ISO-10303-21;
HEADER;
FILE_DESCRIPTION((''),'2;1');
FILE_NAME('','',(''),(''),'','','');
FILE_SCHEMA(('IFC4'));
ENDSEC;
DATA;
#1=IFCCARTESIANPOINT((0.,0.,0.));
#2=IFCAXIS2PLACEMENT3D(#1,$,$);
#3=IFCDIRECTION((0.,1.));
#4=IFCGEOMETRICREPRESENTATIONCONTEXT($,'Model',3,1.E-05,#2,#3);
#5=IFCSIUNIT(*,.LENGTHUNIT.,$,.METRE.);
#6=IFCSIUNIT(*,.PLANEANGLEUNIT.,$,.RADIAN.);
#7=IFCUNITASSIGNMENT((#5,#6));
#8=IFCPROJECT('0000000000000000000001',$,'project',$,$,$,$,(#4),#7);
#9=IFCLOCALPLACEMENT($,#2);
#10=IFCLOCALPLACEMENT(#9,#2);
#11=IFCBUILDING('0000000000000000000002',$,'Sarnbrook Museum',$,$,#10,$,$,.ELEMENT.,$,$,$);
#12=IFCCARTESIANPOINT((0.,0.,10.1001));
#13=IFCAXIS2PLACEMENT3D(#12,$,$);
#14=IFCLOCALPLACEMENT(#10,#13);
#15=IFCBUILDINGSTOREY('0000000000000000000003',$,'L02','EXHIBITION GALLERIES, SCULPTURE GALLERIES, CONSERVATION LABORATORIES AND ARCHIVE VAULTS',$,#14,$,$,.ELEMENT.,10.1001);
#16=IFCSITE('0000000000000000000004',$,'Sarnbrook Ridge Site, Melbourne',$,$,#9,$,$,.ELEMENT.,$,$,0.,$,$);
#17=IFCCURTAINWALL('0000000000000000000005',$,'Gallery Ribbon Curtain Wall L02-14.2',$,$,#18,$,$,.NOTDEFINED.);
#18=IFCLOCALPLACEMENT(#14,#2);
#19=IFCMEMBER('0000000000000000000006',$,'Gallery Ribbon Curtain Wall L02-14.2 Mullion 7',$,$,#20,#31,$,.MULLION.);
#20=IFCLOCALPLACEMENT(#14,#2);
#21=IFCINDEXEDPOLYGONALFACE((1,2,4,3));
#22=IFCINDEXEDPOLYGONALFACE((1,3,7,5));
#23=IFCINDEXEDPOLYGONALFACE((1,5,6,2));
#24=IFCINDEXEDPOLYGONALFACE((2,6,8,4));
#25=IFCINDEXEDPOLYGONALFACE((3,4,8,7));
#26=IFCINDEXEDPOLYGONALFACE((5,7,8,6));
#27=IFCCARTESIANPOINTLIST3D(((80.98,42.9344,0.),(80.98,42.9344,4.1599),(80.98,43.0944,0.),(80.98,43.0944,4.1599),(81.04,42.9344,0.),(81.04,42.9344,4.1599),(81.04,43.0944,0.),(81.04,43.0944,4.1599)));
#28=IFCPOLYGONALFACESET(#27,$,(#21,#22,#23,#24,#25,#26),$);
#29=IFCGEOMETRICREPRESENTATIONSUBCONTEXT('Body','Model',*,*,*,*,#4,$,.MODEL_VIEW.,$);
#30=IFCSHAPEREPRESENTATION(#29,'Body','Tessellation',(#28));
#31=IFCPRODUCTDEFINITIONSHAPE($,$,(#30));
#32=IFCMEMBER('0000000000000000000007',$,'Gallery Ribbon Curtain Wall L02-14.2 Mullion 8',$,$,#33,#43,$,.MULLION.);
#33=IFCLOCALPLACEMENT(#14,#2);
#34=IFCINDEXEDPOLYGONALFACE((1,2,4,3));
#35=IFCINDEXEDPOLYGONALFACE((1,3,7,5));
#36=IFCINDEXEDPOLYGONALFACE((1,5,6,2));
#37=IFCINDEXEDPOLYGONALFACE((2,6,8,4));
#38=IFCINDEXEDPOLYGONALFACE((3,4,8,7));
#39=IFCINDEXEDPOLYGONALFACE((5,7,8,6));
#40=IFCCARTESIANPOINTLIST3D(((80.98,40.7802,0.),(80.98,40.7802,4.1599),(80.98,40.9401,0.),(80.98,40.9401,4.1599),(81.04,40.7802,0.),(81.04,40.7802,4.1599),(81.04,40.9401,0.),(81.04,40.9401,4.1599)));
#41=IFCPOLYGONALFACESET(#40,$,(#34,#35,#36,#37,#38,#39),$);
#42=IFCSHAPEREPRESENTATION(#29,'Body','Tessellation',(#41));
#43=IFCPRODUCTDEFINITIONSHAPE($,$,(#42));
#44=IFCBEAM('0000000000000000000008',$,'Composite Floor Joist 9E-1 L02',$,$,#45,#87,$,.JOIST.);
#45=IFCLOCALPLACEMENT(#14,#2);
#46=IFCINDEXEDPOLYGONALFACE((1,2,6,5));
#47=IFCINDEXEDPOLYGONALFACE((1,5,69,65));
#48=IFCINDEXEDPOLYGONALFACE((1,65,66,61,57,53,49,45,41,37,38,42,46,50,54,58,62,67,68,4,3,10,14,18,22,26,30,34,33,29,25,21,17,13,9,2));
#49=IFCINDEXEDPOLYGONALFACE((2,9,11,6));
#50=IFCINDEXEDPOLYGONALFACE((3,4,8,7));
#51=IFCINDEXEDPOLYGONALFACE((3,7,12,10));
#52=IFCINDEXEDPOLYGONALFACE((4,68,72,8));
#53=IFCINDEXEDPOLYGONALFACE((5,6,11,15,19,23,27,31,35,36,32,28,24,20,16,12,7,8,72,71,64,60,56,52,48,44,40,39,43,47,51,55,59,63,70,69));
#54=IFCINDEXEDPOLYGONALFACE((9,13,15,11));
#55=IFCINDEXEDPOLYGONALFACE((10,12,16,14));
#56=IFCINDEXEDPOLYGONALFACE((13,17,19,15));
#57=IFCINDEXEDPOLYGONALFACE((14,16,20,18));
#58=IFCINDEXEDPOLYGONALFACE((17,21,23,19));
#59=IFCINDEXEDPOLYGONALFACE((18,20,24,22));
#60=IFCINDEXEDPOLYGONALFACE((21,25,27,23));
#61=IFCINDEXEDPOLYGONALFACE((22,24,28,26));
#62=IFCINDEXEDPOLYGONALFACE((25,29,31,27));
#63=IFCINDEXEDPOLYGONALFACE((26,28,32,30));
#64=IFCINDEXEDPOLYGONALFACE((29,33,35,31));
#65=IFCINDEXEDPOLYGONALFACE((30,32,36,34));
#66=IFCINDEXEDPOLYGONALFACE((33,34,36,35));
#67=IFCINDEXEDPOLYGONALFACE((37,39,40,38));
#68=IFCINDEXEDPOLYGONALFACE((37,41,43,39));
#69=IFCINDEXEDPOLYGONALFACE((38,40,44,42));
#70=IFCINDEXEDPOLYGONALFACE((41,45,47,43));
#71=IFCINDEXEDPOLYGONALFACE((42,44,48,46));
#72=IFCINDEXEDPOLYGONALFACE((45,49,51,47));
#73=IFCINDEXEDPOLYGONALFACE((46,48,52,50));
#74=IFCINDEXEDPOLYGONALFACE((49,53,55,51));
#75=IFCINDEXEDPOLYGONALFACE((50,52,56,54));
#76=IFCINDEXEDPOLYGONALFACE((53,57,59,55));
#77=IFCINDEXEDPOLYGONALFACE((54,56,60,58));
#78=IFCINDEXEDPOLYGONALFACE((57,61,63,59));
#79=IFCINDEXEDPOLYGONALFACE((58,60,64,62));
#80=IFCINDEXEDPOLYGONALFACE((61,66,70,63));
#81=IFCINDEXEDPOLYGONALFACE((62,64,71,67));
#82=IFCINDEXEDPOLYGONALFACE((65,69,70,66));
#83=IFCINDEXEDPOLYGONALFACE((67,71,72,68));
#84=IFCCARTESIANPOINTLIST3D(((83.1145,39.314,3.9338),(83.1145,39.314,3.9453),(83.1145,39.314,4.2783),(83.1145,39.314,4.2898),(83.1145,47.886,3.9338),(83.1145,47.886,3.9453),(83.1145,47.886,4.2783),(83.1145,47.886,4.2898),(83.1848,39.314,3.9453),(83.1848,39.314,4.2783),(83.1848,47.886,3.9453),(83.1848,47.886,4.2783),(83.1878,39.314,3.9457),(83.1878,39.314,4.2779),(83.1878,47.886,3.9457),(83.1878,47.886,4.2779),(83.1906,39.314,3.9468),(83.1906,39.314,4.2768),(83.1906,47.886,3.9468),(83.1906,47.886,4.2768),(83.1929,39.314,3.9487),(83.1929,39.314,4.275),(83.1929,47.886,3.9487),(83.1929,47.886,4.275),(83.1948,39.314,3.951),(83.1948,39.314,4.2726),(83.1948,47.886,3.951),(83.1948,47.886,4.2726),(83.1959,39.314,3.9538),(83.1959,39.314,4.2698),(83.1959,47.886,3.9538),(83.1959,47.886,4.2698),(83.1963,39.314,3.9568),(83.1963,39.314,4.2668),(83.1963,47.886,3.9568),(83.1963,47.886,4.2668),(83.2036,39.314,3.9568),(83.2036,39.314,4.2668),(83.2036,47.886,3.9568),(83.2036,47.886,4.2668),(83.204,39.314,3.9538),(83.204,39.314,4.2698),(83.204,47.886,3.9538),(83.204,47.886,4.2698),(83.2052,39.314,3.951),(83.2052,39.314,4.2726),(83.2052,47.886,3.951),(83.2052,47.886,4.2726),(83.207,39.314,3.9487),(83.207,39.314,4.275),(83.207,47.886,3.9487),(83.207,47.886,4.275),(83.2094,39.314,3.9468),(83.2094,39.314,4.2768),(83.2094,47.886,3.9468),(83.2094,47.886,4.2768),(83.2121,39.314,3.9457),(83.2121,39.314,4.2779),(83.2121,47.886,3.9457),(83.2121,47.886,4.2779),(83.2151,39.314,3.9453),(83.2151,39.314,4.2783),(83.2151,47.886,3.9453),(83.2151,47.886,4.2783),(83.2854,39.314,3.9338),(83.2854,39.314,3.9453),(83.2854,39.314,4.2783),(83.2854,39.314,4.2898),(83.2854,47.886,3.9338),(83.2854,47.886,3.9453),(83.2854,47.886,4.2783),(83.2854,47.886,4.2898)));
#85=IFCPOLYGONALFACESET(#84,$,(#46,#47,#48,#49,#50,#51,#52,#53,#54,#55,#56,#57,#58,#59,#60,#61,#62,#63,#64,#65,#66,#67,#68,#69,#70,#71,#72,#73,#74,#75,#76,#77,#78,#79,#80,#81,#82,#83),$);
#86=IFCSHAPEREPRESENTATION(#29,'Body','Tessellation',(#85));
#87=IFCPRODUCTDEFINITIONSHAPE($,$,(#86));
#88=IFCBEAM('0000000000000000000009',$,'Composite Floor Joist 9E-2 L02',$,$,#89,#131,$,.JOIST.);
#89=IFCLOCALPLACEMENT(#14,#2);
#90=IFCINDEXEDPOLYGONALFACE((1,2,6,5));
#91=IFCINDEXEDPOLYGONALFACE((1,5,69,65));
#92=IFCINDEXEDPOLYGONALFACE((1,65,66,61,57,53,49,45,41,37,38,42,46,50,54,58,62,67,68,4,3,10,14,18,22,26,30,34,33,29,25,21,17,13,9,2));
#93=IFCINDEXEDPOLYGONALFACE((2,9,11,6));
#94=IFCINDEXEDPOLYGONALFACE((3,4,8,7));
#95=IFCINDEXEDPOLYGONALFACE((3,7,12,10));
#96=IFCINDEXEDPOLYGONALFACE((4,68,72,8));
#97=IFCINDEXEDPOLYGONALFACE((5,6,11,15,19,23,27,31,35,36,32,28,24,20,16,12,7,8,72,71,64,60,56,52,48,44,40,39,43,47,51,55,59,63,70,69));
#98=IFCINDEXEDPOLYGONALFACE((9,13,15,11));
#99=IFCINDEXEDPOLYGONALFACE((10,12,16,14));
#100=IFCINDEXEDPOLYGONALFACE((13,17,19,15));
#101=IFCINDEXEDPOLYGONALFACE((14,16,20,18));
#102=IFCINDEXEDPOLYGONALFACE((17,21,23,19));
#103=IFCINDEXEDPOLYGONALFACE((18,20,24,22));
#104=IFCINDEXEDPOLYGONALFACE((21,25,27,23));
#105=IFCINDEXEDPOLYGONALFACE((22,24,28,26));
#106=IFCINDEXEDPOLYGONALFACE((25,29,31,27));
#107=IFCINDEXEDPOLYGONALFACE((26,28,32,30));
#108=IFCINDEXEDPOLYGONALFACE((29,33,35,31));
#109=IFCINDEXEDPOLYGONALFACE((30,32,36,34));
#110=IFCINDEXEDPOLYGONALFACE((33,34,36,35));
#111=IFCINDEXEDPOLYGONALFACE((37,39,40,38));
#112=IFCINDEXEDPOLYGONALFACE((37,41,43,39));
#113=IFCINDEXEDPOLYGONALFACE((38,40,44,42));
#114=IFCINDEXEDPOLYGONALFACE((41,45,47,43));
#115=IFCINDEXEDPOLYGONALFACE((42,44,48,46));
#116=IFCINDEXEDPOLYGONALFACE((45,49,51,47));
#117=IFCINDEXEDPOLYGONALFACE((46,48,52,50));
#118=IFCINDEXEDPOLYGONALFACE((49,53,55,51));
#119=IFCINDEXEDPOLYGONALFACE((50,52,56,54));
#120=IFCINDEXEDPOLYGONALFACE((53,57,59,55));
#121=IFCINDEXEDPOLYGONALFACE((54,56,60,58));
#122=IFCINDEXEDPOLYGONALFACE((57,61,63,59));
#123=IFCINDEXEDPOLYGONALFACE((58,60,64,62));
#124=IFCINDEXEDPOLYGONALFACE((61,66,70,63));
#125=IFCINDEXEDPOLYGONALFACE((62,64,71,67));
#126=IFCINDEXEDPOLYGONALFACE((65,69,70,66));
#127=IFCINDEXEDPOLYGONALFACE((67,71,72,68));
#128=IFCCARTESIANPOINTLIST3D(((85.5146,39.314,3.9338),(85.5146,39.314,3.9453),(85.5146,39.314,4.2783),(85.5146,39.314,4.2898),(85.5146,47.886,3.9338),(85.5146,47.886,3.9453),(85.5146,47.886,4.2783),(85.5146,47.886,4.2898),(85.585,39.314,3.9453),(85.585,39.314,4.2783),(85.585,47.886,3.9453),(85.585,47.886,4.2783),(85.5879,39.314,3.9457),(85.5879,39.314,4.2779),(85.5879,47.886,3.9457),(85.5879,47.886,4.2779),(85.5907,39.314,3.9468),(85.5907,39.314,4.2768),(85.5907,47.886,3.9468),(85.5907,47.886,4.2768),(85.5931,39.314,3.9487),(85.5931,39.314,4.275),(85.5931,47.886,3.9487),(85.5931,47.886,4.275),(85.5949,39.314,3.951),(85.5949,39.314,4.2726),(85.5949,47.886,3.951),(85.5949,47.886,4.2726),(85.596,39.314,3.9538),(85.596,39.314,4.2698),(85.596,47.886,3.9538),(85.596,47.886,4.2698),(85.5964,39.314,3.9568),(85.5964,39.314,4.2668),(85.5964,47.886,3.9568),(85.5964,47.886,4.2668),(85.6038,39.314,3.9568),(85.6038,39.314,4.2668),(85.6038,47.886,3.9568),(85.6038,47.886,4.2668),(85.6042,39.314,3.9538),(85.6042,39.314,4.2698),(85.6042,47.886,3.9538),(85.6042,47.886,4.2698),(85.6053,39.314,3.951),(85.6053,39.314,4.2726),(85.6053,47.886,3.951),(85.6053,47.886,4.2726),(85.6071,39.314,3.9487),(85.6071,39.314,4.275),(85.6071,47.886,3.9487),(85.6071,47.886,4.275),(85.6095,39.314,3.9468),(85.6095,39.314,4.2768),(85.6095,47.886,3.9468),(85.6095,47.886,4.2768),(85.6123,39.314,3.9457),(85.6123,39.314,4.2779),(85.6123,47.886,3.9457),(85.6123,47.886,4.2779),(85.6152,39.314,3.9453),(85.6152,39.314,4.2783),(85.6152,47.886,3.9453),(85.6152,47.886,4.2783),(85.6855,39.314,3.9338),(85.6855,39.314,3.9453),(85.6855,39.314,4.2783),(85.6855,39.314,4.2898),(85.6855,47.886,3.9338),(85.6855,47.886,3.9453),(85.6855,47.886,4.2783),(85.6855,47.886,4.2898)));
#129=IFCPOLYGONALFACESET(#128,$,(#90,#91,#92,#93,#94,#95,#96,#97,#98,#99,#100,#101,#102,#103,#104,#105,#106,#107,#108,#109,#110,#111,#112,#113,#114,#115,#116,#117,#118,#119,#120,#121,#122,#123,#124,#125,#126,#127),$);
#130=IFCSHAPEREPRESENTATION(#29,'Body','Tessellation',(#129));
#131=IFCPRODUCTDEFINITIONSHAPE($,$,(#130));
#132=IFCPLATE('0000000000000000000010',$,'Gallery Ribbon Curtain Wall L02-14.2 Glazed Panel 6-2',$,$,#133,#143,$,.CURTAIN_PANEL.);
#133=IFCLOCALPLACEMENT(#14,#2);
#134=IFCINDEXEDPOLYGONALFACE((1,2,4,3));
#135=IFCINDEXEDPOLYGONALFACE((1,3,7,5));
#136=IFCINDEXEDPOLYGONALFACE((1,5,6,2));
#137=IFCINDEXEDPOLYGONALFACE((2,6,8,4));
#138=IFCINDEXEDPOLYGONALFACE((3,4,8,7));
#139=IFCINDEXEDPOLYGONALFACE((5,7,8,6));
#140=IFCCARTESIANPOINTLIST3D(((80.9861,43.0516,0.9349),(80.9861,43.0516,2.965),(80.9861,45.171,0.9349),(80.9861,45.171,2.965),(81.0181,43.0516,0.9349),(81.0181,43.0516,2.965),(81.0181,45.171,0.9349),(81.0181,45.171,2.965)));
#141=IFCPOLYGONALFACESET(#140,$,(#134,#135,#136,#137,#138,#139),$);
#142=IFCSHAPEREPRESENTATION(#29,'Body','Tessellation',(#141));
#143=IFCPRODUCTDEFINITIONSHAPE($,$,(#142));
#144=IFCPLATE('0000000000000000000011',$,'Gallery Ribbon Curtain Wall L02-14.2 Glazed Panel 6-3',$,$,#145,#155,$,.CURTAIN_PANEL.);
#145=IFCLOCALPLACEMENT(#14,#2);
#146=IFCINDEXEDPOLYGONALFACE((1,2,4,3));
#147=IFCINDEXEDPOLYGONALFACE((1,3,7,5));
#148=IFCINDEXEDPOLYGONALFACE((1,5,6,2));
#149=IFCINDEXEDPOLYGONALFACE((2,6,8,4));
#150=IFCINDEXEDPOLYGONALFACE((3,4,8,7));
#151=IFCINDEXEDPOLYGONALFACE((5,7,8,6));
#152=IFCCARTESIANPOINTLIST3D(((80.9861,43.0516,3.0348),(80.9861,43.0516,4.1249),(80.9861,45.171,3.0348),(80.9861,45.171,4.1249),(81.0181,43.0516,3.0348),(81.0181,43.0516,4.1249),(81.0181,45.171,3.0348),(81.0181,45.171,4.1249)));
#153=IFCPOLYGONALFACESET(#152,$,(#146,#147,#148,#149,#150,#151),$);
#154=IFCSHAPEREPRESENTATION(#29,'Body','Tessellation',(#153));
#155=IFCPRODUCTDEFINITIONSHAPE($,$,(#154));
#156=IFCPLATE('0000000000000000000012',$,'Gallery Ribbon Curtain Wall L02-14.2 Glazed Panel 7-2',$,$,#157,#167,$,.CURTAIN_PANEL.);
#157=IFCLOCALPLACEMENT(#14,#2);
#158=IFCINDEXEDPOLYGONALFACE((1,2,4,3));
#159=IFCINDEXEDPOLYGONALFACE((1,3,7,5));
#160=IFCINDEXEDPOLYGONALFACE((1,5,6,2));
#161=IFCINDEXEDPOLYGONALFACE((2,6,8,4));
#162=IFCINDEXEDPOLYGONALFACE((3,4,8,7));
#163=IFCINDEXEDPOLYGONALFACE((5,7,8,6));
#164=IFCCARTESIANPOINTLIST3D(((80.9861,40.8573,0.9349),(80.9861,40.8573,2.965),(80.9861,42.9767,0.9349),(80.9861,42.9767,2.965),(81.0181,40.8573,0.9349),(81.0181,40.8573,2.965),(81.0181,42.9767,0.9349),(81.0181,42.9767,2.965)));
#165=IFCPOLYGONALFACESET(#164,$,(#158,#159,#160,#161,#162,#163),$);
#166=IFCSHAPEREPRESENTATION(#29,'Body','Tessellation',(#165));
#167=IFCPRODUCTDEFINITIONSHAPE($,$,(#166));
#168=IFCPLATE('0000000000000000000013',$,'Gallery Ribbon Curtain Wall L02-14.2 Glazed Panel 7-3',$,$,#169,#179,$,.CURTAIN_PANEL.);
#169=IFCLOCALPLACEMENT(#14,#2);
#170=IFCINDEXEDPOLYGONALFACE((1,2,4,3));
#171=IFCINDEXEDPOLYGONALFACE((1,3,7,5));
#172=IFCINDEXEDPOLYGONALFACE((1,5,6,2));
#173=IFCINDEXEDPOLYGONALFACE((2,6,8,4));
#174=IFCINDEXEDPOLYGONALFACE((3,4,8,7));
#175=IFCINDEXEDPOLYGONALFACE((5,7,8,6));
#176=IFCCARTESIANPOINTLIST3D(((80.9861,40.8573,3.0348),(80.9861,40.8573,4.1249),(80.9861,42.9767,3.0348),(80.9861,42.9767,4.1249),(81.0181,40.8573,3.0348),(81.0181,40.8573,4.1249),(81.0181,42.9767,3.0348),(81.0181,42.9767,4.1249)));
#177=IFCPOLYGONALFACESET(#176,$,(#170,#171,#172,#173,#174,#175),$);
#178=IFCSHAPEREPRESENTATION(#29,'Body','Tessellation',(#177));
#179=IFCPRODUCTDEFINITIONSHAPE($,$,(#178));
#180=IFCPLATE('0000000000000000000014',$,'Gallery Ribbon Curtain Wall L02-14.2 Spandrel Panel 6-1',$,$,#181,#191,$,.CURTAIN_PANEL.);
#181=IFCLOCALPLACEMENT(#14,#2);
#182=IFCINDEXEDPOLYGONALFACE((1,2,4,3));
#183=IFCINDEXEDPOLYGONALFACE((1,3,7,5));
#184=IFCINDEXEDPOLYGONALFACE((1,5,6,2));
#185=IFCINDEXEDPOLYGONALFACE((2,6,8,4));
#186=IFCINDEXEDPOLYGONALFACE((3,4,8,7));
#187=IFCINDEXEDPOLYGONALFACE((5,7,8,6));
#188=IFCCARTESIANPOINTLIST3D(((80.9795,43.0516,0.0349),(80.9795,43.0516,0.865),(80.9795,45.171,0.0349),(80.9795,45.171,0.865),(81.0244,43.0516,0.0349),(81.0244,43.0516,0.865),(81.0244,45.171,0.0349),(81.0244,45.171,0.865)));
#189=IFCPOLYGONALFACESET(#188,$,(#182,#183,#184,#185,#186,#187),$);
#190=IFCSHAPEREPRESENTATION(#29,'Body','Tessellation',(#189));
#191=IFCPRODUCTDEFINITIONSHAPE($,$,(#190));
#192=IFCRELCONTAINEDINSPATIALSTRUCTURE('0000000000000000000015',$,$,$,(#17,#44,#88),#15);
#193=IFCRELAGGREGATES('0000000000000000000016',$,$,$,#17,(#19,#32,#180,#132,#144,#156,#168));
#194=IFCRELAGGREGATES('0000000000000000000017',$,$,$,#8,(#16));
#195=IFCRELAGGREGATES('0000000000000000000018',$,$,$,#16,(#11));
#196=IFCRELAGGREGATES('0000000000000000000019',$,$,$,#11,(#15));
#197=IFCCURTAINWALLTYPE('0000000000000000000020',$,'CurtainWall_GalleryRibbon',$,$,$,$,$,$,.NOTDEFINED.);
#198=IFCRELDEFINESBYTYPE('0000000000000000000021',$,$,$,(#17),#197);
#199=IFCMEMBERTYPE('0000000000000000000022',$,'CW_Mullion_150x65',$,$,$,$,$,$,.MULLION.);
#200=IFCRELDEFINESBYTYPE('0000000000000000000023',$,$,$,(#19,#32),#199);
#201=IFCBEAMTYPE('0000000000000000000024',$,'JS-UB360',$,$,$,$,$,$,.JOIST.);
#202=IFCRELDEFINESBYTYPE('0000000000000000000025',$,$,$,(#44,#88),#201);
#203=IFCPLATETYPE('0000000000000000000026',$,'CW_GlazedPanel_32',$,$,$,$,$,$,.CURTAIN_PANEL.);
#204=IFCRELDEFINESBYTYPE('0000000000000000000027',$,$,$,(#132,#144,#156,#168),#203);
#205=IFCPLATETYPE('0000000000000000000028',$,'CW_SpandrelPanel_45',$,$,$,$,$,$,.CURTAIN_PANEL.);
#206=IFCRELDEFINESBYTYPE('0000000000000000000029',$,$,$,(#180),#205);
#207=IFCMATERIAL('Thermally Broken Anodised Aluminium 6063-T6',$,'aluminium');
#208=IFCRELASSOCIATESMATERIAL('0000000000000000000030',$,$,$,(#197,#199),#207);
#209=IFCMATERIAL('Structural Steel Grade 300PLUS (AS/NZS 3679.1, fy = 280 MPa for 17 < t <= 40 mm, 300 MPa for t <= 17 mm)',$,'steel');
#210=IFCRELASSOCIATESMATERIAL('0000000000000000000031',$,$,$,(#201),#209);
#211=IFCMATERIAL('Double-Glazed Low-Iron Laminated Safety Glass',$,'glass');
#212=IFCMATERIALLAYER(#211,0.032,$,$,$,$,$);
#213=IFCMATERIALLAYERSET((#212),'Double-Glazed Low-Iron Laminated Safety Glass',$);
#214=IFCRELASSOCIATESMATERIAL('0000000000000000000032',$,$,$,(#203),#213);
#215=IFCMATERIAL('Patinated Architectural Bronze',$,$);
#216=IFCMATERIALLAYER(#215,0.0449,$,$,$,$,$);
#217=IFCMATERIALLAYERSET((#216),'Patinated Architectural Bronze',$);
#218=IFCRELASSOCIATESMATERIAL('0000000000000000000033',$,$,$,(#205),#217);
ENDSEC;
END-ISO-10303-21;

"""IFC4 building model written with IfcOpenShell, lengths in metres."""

from ifc_helpers import new_model, si_unit, direction, frame, origin, origin_2d, place, context, subcontext, project, spatial, rectangle, i_section, extrude, material, layer, layer_set, material_profile, profile_set, type_object, element, aggregate, save


model = new_model("IFC4")

# Units and contexts
model_context = context("Model", 3, precision=1e-05, world=origin(), true_north=direction((0.0, 1.0)))
body_context = subcontext(model_context, "Body", "Model", "MODEL_VIEW")
ifc_project = project(units=[si_unit("LENGTHUNIT", "METRE"), si_unit("PLANEANGLEUNIT", "RADIAN")], contexts=[model_context])

# Site, building, storey
site_placement = place(None, origin())
site = spatial("IfcSite", under=ifc_project, at=site_placement, Name="Sarnbrook Ridge Site, Melbourne", CompositionType="ELEMENT", RefElevation=0.0)
building_placement = place(site_placement, origin())
building = spatial("IfcBuilding", under=site, at=building_placement, Name="Sarnbrook Museum", CompositionType="ELEMENT")
storey_placement = place(building_placement, frame((0.0, 0.0, 10.1001)))
storey = spatial("IfcBuildingStorey", under=building, at=storey_placement, Name="L02", Description="EXHIBITION GALLERIES, SCULPTURE GALLERIES, CONSERVATION LABORATORIES AND ARCHIVE VAULTS", CompositionType="ELEMENT", Elevation=10.1001)

# Curtain wall, members
ifc_material_1 = material(Name="Thermally Broken Anodised Aluminium 6063-T6", Category="aluminium")
curtain_wall_type = type_object("IfcCurtainWallType", Name="CurtainWall_GalleryRibbon", PredefinedType="NOTDEFINED", material=ifc_material_1)
curtain_wall_placement = place(storey_placement, origin())
curtain_wall = element("IfcCurtainWall", 1, at=curtain_wall_placement, inside=storey, type_object=curtain_wall_type, Name="Gallery Ribbon Curtain Wall L02-14.2", PredefinedType="NOTDEFINED")
ifc_material_profile_1 = material_profile(ifc_material_1, rectangle(XDim=0.0601, YDim=0.1599, at=origin_2d()), Name="ALU MULLION 60x160")
ifc_profile_set_1 = profile_set([ifc_material_profile_1], Name="Thermally Broken Anodised Aluminium 6063-T6")
member_type = type_object("IfcMemberType", Name="CW_Mullion_150x65", PredefinedType="MULLION", material=ifc_profile_set_1)
member_1_placement = place(storey_placement, frame((81.01, 43.0144, 0.0), z_axis=(0.0, 0.0, 1.0), x_axis=(1.0, 0.0, 0.0)))
member_1 = element("IfcMember", 2, at=member_1_placement, type_object=member_type, Name="Gallery Ribbon Curtain Wall L02-14.2 Mullion 7", PredefinedType="MULLION", context=body_context, shape_type="SweptSolid", body=[
    extrude(rectangle(XDim=0.0601, YDim=0.1599, at=origin_2d()), origin(), (0.0, 0.0, 1.0), 4.1599),
])
member_2_placement = place(storey_placement, frame((81.01, 40.8601, 0.0), z_axis=(0.0, 0.0, 1.0), x_axis=(1.0, 0.0, 0.0)))
member_2 = element("IfcMember", 3, at=member_2_placement, type_object=member_type, Name="Gallery Ribbon Curtain Wall L02-14.2 Mullion 8", PredefinedType="MULLION", context=body_context, shape_type="SweptSolid", body=[
    extrude(rectangle(XDim=0.0601, YDim=0.1599, at=origin_2d()), origin(), (0.0, 0.0, 1.0), 4.1599),
])

# Beams
ifc_material_2 = material(Name="Structural Steel Grade 300PLUS (AS/NZS 3679.1, fy = 280 MPa for 17 < t <= 40 mm, 300 MPa for t <= 17 mm)", Category="steel")
ifc_material_profile_2 = material_profile(ifc_material_2, i_section(OverallWidth=0.1709, OverallDepth=0.356, WebThickness=0.0073, FlangeThickness=0.0115, FilletRadius=0.0115, at=origin_2d()), Name="360UB50.7")
ifc_profile_set_2 = profile_set([ifc_material_profile_2], Name="Structural Steel Grade 300PLUS (AS/NZS 3679.1, fy = 280 MPa for 17 < t <= 40 mm, 300 MPa for t <= 17 mm)")
beam_type = type_object("IfcBeamType", Name="JS-UB360", PredefinedType="JOIST", material=ifc_profile_set_2)
for number, where, z_axis, x_axis, name in (
    (4, (83.2, 39.314, 4.1118), (0.0, 1.0, 0.0), (-1.0, 0.0, 0.0), "Composite Floor Joist 9E-1 L02"),
    (5, (85.6001, 39.314, 4.1118), (0.0, 1.0, 0.0), (-1.0, 0.0, 0.0), "Composite Floor Joist 9E-2 L02"),
):
    element("IfcBeam", number, at=place(storey_placement, frame(where, z_axis=z_axis, x_axis=x_axis)), inside=storey, type_object=beam_type, Name=name, PredefinedType="JOIST", context=body_context, shape_type="SweptSolid", body=[
        extrude(i_section(OverallWidth=0.1709, OverallDepth=0.356, WebThickness=0.0073, FlangeThickness=0.0115, FilletRadius=0.0115, at=origin_2d()), origin(), (0.0, 0.0, 1.0), 8.572),
    ])

# Plates
ifc_material_3 = material(Name="Double-Glazed Low-Iron Laminated Safety Glass", Category="glass")
ifc_layer_1 = layer(ifc_material_3, 0.032)
ifc_layer_set_1 = layer_set([ifc_layer_1], Name="Double-Glazed Low-Iron Laminated Safety Glass")
plate_type_1 = type_object("IfcPlateType", Name="CW_GlazedPanel_32", PredefinedType="CURTAIN_PANEL", material=ifc_layer_set_1)
plate_1_placement = place(storey_placement, frame((81.0181, 44.1113, 1.95), z_axis=(-1.0, 0.0, 0.0), x_axis=(0.0, -1.0, 0.0)))
plate_1 = element("IfcPlate", 6, at=plate_1_placement, type_object=plate_type_1, Name="Gallery Ribbon Curtain Wall L02-14.2 Glazed Panel 6-2", PredefinedType="CURTAIN_PANEL", context=body_context, shape_type="SweptSolid", body=[
    extrude(rectangle(XDim=2.1194, YDim=2.03, at=origin_2d()), origin(), (0.0, 0.0, 1.0), 0.032),
])
plate_2_placement = place(storey_placement, frame((81.0181, 44.1113, 3.5798), z_axis=(-1.0, 0.0, 0.0), x_axis=(0.0, -1.0, 0.0)))
plate_2 = element("IfcPlate", 7, at=plate_2_placement, type_object=plate_type_1, Name="Gallery Ribbon Curtain Wall L02-14.2 Glazed Panel 6-3", PredefinedType="CURTAIN_PANEL", context=body_context, shape_type="SweptSolid", body=[
    extrude(rectangle(XDim=2.1194, YDim=1.0901, at=origin_2d()), origin(), (0.0, 0.0, 1.0), 0.032),
])
plate_3_placement = place(storey_placement, frame((81.0181, 41.917, 1.95), z_axis=(-1.0, 0.0, 0.0), x_axis=(0.0, -1.0, 0.0)))
plate_3 = element("IfcPlate", 8, at=plate_3_placement, type_object=plate_type_1, Name="Gallery Ribbon Curtain Wall L02-14.2 Glazed Panel 7-2", PredefinedType="CURTAIN_PANEL", context=body_context, shape_type="SweptSolid", body=[
    extrude(rectangle(XDim=2.1194, YDim=2.03, at=origin_2d()), origin(), (0.0, 0.0, 1.0), 0.032),
])
plate_4_placement = place(storey_placement, frame((81.0181, 41.917, 3.5798), z_axis=(-1.0, 0.0, 0.0), x_axis=(0.0, -1.0, 0.0)))
plate_4 = element("IfcPlate", 9, at=plate_4_placement, type_object=plate_type_1, Name="Gallery Ribbon Curtain Wall L02-14.2 Glazed Panel 7-3", PredefinedType="CURTAIN_PANEL", context=body_context, shape_type="SweptSolid", body=[
    extrude(rectangle(XDim=2.1194, YDim=1.0901, at=origin_2d()), origin(), (0.0, 0.0, 1.0), 0.032),
])
ifc_material_4 = material(Name="Patinated Architectural Bronze")
ifc_layer_2 = layer(ifc_material_4, 0.0449)
ifc_layer_set_2 = layer_set([ifc_layer_2], Name="Patinated Architectural Bronze")
plate_type_2 = type_object("IfcPlateType", Name="CW_SpandrelPanel_45", PredefinedType="CURTAIN_PANEL", material=ifc_layer_set_2)
plate_5_placement = place(storey_placement, frame((81.0244, 44.1113, 0.45), z_axis=(-1.0, 0.0, 0.0), x_axis=(0.0, -1.0, 0.0)))
plate_5 = element("IfcPlate", 10, at=plate_5_placement, type_object=plate_type_2, Name="Gallery Ribbon Curtain Wall L02-14.2 Spandrel Panel 6-1", PredefinedType="CURTAIN_PANEL", context=body_context, shape_type="SweptSolid", body=[
    extrude(rectangle(XDim=2.1194, YDim=0.8301, at=origin_2d()), origin(), (0.0, 0.0, 1.0), 0.0449),
])
aggregate(curtain_wall, [member_1, member_2, plate_5, plate_1, plate_2, plate_3, plate_4])

save(model, "model.ifc")
